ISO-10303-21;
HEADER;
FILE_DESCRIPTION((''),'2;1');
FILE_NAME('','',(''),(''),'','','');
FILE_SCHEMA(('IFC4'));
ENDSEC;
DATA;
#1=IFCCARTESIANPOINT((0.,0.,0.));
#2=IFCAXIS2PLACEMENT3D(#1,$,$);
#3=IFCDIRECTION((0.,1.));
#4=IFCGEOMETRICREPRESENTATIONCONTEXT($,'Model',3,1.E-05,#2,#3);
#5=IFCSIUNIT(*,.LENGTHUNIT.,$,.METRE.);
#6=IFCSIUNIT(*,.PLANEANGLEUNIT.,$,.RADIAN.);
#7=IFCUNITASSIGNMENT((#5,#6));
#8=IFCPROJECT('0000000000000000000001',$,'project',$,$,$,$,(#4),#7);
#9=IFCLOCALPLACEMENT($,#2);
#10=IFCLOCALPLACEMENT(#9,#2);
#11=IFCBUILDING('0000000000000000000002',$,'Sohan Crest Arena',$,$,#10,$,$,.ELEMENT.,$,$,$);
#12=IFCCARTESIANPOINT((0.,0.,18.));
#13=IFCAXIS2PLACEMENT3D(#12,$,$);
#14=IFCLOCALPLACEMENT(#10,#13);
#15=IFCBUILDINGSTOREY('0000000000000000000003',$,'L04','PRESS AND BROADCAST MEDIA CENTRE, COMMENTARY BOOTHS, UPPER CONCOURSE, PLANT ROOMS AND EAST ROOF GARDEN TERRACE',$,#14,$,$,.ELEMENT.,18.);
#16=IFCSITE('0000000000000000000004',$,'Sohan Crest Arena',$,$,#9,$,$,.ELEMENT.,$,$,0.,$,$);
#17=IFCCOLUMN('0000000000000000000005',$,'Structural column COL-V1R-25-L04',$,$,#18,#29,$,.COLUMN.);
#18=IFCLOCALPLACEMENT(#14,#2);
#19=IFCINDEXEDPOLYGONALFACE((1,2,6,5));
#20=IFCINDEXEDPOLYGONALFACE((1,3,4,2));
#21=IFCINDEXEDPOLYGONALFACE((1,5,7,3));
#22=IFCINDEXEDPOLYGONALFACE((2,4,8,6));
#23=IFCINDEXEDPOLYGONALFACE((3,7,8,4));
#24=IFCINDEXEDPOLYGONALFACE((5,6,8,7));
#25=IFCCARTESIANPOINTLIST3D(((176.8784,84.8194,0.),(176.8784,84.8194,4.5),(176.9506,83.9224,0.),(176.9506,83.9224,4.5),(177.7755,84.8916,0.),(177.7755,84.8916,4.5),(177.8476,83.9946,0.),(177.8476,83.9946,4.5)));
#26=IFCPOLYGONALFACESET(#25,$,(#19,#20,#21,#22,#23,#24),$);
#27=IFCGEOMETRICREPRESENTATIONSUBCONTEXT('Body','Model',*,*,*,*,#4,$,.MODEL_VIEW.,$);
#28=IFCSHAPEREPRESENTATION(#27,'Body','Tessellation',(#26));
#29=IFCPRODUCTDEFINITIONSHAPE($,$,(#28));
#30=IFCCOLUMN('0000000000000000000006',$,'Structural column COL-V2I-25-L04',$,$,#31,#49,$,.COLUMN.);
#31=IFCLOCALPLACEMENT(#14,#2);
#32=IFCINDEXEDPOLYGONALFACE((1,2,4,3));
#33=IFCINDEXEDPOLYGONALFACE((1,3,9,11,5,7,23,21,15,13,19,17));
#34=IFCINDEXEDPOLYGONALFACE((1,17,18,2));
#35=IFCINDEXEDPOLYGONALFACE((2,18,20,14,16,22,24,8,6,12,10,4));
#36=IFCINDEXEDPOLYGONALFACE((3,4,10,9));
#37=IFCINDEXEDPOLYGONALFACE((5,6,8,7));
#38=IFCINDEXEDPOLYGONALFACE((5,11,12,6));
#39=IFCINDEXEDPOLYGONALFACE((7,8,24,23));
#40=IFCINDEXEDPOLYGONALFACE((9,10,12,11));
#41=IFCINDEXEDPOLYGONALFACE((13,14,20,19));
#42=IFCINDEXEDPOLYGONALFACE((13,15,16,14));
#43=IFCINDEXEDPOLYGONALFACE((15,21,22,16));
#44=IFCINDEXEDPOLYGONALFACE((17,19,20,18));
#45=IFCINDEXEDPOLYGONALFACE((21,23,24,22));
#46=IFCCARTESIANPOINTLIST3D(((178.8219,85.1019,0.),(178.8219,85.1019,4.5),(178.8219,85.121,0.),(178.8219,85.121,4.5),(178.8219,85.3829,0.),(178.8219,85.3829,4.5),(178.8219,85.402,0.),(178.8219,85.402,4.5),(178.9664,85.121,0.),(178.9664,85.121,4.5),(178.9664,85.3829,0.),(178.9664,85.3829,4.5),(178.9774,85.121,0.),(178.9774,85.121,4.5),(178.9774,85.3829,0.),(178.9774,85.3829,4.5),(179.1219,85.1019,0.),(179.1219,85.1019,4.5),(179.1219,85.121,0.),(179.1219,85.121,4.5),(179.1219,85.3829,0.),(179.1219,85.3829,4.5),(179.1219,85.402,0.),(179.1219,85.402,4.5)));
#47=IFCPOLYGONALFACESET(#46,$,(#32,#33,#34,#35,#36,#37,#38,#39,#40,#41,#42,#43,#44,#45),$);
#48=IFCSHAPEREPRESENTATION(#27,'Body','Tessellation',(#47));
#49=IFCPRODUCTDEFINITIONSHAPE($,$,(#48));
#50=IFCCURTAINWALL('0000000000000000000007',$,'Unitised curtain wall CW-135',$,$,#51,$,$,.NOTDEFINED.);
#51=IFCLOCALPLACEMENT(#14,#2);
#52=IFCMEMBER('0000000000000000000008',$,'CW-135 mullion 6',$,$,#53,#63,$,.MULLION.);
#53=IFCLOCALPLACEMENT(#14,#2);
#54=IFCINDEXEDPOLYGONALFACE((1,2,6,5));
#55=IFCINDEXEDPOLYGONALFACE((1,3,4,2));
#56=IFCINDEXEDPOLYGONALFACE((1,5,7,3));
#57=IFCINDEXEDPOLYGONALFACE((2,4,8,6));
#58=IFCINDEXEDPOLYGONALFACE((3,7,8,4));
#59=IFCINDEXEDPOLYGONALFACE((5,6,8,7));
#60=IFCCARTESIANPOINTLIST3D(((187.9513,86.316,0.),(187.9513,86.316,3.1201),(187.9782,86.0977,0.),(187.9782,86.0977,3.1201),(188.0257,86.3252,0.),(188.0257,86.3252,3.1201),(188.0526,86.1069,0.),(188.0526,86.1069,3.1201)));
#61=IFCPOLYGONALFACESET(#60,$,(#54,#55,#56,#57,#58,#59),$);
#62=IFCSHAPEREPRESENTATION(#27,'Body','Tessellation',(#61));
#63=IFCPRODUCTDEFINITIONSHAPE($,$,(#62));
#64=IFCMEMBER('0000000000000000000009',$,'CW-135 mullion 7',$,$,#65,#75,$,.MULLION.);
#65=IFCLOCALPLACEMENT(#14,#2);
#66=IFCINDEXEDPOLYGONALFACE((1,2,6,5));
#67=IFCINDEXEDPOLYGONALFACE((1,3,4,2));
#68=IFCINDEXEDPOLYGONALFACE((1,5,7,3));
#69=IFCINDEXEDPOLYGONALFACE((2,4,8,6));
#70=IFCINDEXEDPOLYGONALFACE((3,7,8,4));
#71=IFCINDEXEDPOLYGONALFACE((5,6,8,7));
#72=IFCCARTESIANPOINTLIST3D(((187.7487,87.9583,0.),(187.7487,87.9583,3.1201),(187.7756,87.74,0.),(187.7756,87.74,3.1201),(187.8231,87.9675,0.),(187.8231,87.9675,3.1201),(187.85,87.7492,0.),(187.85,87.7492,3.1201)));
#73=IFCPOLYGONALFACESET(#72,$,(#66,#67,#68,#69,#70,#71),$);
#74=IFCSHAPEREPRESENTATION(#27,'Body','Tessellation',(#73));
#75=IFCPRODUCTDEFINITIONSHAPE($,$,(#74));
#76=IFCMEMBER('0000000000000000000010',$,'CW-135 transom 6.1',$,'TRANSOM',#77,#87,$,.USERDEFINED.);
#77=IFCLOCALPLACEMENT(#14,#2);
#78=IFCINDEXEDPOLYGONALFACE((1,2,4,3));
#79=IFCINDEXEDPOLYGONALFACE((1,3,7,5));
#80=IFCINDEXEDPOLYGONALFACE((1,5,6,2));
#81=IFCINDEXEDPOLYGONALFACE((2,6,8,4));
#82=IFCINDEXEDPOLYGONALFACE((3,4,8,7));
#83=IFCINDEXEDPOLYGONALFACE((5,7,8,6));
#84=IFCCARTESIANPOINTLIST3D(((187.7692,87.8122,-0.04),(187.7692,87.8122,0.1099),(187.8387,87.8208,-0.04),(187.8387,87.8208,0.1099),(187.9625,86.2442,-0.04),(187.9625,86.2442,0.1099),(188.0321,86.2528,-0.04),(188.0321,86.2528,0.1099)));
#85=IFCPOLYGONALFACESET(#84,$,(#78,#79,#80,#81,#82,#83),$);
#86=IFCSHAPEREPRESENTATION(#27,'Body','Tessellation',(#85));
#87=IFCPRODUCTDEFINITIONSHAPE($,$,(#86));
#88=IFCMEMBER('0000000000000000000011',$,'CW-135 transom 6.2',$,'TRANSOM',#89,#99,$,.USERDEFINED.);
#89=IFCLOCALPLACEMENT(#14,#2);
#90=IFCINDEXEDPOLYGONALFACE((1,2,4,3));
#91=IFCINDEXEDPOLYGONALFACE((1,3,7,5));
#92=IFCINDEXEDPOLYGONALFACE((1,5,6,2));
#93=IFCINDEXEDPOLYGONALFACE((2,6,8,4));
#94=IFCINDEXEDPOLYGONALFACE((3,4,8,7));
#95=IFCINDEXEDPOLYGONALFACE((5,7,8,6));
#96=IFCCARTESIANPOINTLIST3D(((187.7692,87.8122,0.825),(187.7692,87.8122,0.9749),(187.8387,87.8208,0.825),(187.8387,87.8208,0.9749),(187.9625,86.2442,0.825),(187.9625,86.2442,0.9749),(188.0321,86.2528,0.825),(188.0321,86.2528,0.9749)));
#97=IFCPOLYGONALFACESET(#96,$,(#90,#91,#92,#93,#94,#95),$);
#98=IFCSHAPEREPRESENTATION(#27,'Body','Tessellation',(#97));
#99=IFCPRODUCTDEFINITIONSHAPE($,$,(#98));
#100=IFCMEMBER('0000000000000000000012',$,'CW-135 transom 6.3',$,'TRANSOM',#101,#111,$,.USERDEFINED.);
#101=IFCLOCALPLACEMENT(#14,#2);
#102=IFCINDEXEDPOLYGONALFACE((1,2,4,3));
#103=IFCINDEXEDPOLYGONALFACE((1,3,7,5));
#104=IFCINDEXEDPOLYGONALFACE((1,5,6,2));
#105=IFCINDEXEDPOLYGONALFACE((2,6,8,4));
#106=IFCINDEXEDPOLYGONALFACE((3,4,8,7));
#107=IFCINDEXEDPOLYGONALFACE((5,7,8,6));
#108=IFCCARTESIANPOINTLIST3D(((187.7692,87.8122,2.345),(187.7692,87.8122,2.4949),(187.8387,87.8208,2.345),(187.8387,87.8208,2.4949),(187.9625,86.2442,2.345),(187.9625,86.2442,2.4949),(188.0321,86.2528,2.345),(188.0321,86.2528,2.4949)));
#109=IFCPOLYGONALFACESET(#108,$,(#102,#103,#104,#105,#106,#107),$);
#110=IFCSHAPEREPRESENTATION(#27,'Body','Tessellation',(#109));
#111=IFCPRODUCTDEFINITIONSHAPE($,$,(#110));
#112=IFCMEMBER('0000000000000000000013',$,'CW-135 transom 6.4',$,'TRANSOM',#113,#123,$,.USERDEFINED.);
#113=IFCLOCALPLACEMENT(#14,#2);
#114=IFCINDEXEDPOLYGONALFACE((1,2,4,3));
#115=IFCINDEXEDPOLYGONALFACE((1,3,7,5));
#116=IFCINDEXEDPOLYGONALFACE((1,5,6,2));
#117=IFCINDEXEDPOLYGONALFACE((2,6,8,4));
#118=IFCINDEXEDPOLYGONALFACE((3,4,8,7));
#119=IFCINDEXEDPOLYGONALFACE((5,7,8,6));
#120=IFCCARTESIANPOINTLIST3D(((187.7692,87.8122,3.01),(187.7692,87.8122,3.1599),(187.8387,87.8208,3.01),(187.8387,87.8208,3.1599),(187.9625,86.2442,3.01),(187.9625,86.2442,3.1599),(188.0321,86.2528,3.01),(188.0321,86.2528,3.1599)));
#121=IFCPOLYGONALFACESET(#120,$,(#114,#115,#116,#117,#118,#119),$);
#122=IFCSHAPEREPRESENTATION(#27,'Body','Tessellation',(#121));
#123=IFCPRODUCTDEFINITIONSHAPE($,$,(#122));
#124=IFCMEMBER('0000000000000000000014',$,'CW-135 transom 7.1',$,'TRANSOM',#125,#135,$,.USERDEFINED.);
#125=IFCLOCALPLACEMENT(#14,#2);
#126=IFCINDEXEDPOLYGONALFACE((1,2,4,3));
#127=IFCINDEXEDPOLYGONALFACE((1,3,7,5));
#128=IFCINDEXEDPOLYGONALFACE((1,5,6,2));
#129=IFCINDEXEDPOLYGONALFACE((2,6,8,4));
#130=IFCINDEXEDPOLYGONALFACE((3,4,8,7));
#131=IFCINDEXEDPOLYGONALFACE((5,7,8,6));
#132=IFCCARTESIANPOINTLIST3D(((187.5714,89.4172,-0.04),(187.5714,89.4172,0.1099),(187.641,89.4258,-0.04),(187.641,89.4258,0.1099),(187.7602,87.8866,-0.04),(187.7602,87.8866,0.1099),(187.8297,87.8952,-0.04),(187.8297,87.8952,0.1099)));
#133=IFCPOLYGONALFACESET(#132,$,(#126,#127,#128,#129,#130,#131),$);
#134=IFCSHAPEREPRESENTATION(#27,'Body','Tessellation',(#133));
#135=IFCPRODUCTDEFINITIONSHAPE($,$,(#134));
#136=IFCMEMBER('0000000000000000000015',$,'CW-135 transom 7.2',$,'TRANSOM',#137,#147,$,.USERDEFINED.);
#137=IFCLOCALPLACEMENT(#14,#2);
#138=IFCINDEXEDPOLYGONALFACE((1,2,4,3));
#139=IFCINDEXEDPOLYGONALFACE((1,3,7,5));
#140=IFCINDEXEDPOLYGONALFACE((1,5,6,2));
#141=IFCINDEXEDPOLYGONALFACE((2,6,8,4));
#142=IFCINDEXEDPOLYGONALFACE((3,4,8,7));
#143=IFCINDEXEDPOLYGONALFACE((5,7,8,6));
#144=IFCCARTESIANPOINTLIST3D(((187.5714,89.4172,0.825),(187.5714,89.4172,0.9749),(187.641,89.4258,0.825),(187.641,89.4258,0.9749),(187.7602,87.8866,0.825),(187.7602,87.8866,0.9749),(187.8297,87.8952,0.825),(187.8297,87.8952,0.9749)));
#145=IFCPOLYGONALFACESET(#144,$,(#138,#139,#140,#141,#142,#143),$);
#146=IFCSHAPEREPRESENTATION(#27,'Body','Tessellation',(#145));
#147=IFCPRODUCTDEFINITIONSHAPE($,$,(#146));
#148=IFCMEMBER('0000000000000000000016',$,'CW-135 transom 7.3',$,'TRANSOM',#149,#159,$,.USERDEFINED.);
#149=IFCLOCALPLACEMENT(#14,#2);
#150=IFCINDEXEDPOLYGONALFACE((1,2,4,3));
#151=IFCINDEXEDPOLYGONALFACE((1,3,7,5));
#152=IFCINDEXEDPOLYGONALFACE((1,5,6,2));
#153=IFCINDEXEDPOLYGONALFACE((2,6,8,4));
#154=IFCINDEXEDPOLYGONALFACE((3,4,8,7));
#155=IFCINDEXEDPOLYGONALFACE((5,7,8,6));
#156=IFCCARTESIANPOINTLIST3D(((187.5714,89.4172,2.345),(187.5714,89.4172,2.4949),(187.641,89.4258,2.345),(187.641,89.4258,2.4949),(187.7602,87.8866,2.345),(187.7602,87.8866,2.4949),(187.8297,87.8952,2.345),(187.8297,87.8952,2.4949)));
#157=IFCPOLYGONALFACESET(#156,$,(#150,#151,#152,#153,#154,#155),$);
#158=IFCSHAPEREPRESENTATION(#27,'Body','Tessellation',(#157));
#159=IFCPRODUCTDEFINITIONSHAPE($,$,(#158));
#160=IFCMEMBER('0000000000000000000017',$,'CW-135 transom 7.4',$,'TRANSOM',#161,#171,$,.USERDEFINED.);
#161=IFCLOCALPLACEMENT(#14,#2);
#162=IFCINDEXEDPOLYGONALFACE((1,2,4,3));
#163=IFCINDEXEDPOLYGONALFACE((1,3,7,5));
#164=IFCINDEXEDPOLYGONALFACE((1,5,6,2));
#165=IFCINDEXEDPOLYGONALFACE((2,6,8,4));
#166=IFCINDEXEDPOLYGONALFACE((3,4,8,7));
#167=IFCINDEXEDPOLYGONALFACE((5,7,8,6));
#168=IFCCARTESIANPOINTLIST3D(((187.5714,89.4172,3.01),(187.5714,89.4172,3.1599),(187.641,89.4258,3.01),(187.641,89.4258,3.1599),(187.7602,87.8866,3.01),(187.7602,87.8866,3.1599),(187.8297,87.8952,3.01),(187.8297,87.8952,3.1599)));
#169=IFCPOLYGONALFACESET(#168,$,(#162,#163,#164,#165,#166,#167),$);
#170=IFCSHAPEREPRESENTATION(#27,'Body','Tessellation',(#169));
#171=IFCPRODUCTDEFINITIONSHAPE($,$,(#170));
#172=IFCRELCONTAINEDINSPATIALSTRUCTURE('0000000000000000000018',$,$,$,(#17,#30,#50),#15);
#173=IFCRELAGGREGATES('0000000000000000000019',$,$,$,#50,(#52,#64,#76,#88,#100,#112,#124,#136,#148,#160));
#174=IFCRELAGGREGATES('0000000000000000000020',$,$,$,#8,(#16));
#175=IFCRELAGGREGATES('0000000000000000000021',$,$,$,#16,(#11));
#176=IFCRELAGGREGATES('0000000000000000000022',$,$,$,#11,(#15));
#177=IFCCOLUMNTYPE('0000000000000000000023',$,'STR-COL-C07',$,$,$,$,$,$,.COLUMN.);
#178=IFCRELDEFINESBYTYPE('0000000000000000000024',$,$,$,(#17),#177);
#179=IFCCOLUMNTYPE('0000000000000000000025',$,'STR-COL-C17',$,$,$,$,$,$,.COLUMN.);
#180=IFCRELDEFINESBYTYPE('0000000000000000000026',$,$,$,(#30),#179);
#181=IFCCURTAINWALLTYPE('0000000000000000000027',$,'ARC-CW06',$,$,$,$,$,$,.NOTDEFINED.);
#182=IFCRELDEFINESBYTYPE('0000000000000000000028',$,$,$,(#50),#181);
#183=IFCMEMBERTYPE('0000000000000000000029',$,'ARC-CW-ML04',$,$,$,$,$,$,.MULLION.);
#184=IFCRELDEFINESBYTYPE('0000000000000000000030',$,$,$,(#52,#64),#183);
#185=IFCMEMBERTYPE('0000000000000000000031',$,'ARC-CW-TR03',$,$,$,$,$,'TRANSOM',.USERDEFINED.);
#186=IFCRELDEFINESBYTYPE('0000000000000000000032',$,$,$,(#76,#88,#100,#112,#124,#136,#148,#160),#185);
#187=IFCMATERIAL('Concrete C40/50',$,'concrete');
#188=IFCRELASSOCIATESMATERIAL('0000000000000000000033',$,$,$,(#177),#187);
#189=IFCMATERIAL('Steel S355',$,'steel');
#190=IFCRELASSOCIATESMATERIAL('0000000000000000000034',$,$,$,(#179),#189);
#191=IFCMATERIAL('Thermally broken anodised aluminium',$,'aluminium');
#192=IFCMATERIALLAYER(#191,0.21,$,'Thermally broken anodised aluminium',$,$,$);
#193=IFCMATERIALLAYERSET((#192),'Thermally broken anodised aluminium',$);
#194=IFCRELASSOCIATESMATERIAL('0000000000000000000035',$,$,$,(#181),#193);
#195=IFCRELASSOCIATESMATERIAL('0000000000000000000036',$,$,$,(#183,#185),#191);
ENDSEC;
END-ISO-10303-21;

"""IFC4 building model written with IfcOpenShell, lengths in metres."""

from ifc_helpers import new_model, si_unit, direction, frame, origin, origin_2d, place, context, subcontext, project, spatial, rectangle, i_section, extrude, material, layer, layer_set, material_profile, profile_set, type_object, element, aggregate, save


model = new_model("IFC4")

# Units and contexts
model_context = context("Model", 3, precision=1e-05, world=origin(), true_north=direction((0.0, 1.0)))
body_context = subcontext(model_context, "Body", "Model", "MODEL_VIEW")
ifc_project = project(units=[si_unit("LENGTHUNIT", "METRE"), si_unit("PLANEANGLEUNIT", "RADIAN")], contexts=[model_context])

# Site, building, storey
site_placement = place(None, origin())
site = spatial("IfcSite", under=ifc_project, at=site_placement, Name="Sohan Crest Arena", CompositionType="ELEMENT", RefElevation=0.0)
building_placement = place(site_placement, origin())
building = spatial("IfcBuilding", under=site, at=building_placement, Name="Sohan Crest Arena", CompositionType="ELEMENT")
storey_placement = place(building_placement, frame((0.0, 0.0, 18.0)))
storey = spatial("IfcBuildingStorey", under=building, at=storey_placement, Name="L04", Description="PRESS AND BROADCAST MEDIA CENTRE, COMMENTARY BOOTHS, UPPER CONCOURSE, PLANT ROOMS AND EAST ROOF GARDEN TERRACE", CompositionType="ELEMENT", Elevation=18.0)

# Columns
ifc_material_1 = material(Name="Concrete C40/50", Category="concrete")
ifc_material_profile_1 = material_profile(ifc_material_1, rectangle(XDim=0.8999, YDim=0.8999, at=origin_2d()), Name="RC 900x900")
ifc_profile_set_1 = profile_set([ifc_material_profile_1], Name="Concrete C40/50")
column_type_1 = type_object("IfcColumnType", Name="STR-COL-C07", PredefinedType="COLUMN", material=ifc_profile_set_1)
column_1_placement = place(storey_placement, frame((177.363, 84.407, 0.0), z_axis=(0.0, 0.0, 1.0), x_axis=(0.996779, 0.080199, 0.0)))
element("IfcColumn", 1, at=column_1_placement, inside=storey, type_object=column_type_1, Name="Structural column COL-V1R-25-L04", PredefinedType="COLUMN", context=body_context, shape_type="SweptSolid", body=[
    extrude(rectangle(XDim=0.8999, YDim=0.8999, at=origin_2d()), origin(), (0.0, 0.0, 1.0), 4.5),
])
ifc_material_2 = material(Name="Steel S355", Category="steel")
ifc_material_profile_2 = material_profile(ifc_material_2, i_section(OverallWidth=0.3, OverallDepth=0.3, WebThickness=0.011, FlangeThickness=0.019, at=origin_2d()), Name="HEB 300")
ifc_profile_set_2 = profile_set([ifc_material_profile_2], Name="Steel S355")
column_type_2 = type_object("IfcColumnType", Name="STR-COL-C17", PredefinedType="COLUMN", material=ifc_profile_set_2)
column_2_placement = place(storey_placement, frame((178.9719, 85.252, 0.0), z_axis=(0.0, 0.0, 1.0), x_axis=(1.0, 0.0, 0.0)))
element("IfcColumn", 2, at=column_2_placement, inside=storey, type_object=column_type_2, Name="Structural column COL-V2I-25-L04", PredefinedType="COLUMN", context=body_context, shape_type="SweptSolid", body=[
    extrude(i_section(OverallWidth=0.3, OverallDepth=0.3, WebThickness=0.011, FlangeThickness=0.019, at=origin_2d()), origin(), (0.0, 0.0, 1.0), 4.5),
])

# Curtain wall, members
ifc_material_3 = material(Name="Thermally broken anodised aluminium", Category="aluminium")
ifc_layer_1 = layer(ifc_material_3, 0.21, Name="Thermally broken anodised aluminium")
ifc_layer_set_1 = layer_set([ifc_layer_1], Name="Thermally broken anodised aluminium")
curtain_wall_type = type_object("IfcCurtainWallType", Name="ARC-CW06", PredefinedType="NOTDEFINED", material=ifc_layer_set_1)
curtain_wall_placement = place(storey_placement, origin())
curtain_wall = element("IfcCurtainWall", 3, at=curtain_wall_placement, inside=storey, type_object=curtain_wall_type, Name="Unitised curtain wall CW-135", PredefinedType="NOTDEFINED")
ifc_material_profile_3 = material_profile(ifc_material_3, rectangle(XDim=0.075, YDim=0.22, at=origin_2d()), Name="ALU-MULL 75x220")
ifc_profile_set_3 = profile_set([ifc_material_profile_3], Name="Thermally broken anodised aluminium")
member_type_1 = type_object("IfcMemberType", Name="ARC-CW-ML04", PredefinedType="MULLION", material=ifc_profile_set_3)
member_1_placement = place(storey_placement, frame((188.002, 86.2114, 0.0), z_axis=(0.0, 0.0, 1.0), x_axis=(-0.992489, -0.122334, 0.0)))
member_1 = element("IfcMember", 4, at=member_1_placement, type_object=member_type_1, Name="CW-135 mullion 6", PredefinedType="MULLION", context=body_context, shape_type="SweptSolid", body=[
    extrude(rectangle(XDim=0.075, YDim=0.22, at=origin_2d()), origin(), (0.0, 0.0, 1.0), 3.1201),
])
member_2_placement = place(storey_placement, frame((187.7993, 87.8538, 0.0), z_axis=(0.0, 0.0, 1.0), x_axis=(-0.992489, -0.122334, 0.0)))
member_2 = element("IfcMember", 5, at=member_2_placement, type_object=member_type_1, Name="CW-135 mullion 7", PredefinedType="MULLION", context=body_context, shape_type="SweptSolid", body=[
    extrude(rectangle(XDim=0.075, YDim=0.22, at=origin_2d()), origin(), (0.0, 0.0, 1.0), 3.1201),
])
ifc_material_profile_4 = material_profile(ifc_material_3, rectangle(XDim=0.0701, YDim=0.1499, at=origin_2d()), Name="ALU-TRAN 70x150")
ifc_profile_set_4 = profile_set([ifc_material_profile_4], Name="Thermally broken anodised aluminium")
member_type_2 = type_object("IfcMemberType", Name="ARC-CW-TR03", ElementType="TRANSOM", PredefinedType="USERDEFINED", material=ifc_profile_set_4)
member_3_placement = place(storey_placement, frame((187.9973, 86.2485, 0.0349), z_axis=(-0.122399, 0.992481, 0.0), x_axis=(-0.992481, -0.122399, 0.0)))
member_3 = element("IfcMember", 6, at=member_3_placement, type_object=member_type_2, Name="CW-135 transom 6.1", ObjectType="TRANSOM", PredefinedType="USERDEFINED", context=body_context, shape_type="SweptSolid", body=[
    extrude(rectangle(XDim=0.0701, YDim=0.1499, at=origin_2d()), origin(), (0.0, 0.0, 1.0), 1.5798),
])
member_4_placement = place(storey_placement, frame((187.9973, 86.2485, 0.8999), z_axis=(-0.122399, 0.992481, 0.0), x_axis=(-0.992481, -0.122399, 0.0)))
member_4 = element("IfcMember", 7, at=member_4_placement, type_object=member_type_2, Name="CW-135 transom 6.2", ObjectType="TRANSOM", PredefinedType="USERDEFINED", context=body_context, shape_type="SweptSolid", body=[
    extrude(rectangle(XDim=0.0701, YDim=0.1499, at=origin_2d()), origin(), (0.0, 0.0, 1.0), 1.5798),
])
member_5_placement = place(storey_placement, frame((187.9973, 86.2485, 2.4199), z_axis=(-0.122399, 0.992481, 0.0), x_axis=(-0.992481, -0.122399, 0.0)))
member_5 = element("IfcMember", 8, at=member_5_placement, type_object=member_type_2, Name="CW-135 transom 6.3", ObjectType="TRANSOM", PredefinedType="USERDEFINED", context=body_context, shape_type="SweptSolid", body=[
    extrude(rectangle(XDim=0.0701, YDim=0.1499, at=origin_2d()), origin(), (0.0, 0.0, 1.0), 1.5798),
])
member_6_placement = place(storey_placement, frame((187.9973, 86.2485, 3.085), z_axis=(-0.122399, 0.992481, 0.0), x_axis=(-0.992481, -0.122399, 0.0)))
member_6 = element("IfcMember", 9, at=member_6_placement, type_object=member_type_2, Name="CW-135 transom 6.4", ObjectType="TRANSOM", PredefinedType="USERDEFINED", context=body_context, shape_type="SweptSolid", body=[
    extrude(rectangle(XDim=0.0701, YDim=0.1499, at=origin_2d()), origin(), (0.0, 0.0, 1.0), 1.5798),
])
member_7_placement = place(storey_placement, frame((187.7949, 87.8909, 0.0349), z_axis=(-0.122359, 0.992486, 0.0), x_axis=(-0.992486, -0.122359, 0.0)))
member_7 = element("IfcMember", 10, at=member_7_placement, type_object=member_type_2, Name="CW-135 transom 7.1", ObjectType="TRANSOM", PredefinedType="USERDEFINED", context=body_context, shape_type="SweptSolid", body=[
    extrude(rectangle(XDim=0.0701, YDim=0.1499, at=origin_2d()), origin(), (0.0, 0.0, 1.0), 1.5422),
])
member_8_placement = place(storey_placement, frame((187.7949, 87.8909, 0.8999), z_axis=(-0.122359, 0.992486, 0.0), x_axis=(-0.992486, -0.122359, 0.0)))
member_8 = element("IfcMember", 11, at=member_8_placement, type_object=member_type_2, Name="CW-135 transom 7.2", ObjectType="TRANSOM", PredefinedType="USERDEFINED", context=body_context, shape_type="SweptSolid", body=[
    extrude(rectangle(XDim=0.0701, YDim=0.1499, at=origin_2d()), origin(), (0.0, 0.0, 1.0), 1.5422),
])
member_9_placement = place(storey_placement, frame((187.7949, 87.8909, 2.4199), z_axis=(-0.122359, 0.992486, 0.0), x_axis=(-0.992486, -0.122359, 0.0)))
member_9 = element("IfcMember", 12, at=member_9_placement, type_object=member_type_2, Name="CW-135 transom 7.3", ObjectType="TRANSOM", PredefinedType="USERDEFINED", context=body_context, shape_type="SweptSolid", body=[
    extrude(rectangle(XDim=0.0701, YDim=0.1499, at=origin_2d()), origin(), (0.0, 0.0, 1.0), 1.5422),
])
member_10_placement = place(storey_placement, frame((187.7949, 87.8909, 3.085), z_axis=(-0.122359, 0.992486, 0.0), x_axis=(-0.992486, -0.122359, 0.0)))
member_10 = element("IfcMember", 13, at=member_10_placement, type_object=member_type_2, Name="CW-135 transom 7.4", ObjectType="TRANSOM", PredefinedType="USERDEFINED", context=body_context, shape_type="SweptSolid", body=[
    extrude(rectangle(XDim=0.0701, YDim=0.1499, at=origin_2d()), origin(), (0.0, 0.0, 1.0), 1.5422),
])

aggregate(curtain_wall, [member_1, member_2, member_3, member_4, member_5, member_6, member_7, member_8, member_9, member_10])

save(model, "model.ifc")
